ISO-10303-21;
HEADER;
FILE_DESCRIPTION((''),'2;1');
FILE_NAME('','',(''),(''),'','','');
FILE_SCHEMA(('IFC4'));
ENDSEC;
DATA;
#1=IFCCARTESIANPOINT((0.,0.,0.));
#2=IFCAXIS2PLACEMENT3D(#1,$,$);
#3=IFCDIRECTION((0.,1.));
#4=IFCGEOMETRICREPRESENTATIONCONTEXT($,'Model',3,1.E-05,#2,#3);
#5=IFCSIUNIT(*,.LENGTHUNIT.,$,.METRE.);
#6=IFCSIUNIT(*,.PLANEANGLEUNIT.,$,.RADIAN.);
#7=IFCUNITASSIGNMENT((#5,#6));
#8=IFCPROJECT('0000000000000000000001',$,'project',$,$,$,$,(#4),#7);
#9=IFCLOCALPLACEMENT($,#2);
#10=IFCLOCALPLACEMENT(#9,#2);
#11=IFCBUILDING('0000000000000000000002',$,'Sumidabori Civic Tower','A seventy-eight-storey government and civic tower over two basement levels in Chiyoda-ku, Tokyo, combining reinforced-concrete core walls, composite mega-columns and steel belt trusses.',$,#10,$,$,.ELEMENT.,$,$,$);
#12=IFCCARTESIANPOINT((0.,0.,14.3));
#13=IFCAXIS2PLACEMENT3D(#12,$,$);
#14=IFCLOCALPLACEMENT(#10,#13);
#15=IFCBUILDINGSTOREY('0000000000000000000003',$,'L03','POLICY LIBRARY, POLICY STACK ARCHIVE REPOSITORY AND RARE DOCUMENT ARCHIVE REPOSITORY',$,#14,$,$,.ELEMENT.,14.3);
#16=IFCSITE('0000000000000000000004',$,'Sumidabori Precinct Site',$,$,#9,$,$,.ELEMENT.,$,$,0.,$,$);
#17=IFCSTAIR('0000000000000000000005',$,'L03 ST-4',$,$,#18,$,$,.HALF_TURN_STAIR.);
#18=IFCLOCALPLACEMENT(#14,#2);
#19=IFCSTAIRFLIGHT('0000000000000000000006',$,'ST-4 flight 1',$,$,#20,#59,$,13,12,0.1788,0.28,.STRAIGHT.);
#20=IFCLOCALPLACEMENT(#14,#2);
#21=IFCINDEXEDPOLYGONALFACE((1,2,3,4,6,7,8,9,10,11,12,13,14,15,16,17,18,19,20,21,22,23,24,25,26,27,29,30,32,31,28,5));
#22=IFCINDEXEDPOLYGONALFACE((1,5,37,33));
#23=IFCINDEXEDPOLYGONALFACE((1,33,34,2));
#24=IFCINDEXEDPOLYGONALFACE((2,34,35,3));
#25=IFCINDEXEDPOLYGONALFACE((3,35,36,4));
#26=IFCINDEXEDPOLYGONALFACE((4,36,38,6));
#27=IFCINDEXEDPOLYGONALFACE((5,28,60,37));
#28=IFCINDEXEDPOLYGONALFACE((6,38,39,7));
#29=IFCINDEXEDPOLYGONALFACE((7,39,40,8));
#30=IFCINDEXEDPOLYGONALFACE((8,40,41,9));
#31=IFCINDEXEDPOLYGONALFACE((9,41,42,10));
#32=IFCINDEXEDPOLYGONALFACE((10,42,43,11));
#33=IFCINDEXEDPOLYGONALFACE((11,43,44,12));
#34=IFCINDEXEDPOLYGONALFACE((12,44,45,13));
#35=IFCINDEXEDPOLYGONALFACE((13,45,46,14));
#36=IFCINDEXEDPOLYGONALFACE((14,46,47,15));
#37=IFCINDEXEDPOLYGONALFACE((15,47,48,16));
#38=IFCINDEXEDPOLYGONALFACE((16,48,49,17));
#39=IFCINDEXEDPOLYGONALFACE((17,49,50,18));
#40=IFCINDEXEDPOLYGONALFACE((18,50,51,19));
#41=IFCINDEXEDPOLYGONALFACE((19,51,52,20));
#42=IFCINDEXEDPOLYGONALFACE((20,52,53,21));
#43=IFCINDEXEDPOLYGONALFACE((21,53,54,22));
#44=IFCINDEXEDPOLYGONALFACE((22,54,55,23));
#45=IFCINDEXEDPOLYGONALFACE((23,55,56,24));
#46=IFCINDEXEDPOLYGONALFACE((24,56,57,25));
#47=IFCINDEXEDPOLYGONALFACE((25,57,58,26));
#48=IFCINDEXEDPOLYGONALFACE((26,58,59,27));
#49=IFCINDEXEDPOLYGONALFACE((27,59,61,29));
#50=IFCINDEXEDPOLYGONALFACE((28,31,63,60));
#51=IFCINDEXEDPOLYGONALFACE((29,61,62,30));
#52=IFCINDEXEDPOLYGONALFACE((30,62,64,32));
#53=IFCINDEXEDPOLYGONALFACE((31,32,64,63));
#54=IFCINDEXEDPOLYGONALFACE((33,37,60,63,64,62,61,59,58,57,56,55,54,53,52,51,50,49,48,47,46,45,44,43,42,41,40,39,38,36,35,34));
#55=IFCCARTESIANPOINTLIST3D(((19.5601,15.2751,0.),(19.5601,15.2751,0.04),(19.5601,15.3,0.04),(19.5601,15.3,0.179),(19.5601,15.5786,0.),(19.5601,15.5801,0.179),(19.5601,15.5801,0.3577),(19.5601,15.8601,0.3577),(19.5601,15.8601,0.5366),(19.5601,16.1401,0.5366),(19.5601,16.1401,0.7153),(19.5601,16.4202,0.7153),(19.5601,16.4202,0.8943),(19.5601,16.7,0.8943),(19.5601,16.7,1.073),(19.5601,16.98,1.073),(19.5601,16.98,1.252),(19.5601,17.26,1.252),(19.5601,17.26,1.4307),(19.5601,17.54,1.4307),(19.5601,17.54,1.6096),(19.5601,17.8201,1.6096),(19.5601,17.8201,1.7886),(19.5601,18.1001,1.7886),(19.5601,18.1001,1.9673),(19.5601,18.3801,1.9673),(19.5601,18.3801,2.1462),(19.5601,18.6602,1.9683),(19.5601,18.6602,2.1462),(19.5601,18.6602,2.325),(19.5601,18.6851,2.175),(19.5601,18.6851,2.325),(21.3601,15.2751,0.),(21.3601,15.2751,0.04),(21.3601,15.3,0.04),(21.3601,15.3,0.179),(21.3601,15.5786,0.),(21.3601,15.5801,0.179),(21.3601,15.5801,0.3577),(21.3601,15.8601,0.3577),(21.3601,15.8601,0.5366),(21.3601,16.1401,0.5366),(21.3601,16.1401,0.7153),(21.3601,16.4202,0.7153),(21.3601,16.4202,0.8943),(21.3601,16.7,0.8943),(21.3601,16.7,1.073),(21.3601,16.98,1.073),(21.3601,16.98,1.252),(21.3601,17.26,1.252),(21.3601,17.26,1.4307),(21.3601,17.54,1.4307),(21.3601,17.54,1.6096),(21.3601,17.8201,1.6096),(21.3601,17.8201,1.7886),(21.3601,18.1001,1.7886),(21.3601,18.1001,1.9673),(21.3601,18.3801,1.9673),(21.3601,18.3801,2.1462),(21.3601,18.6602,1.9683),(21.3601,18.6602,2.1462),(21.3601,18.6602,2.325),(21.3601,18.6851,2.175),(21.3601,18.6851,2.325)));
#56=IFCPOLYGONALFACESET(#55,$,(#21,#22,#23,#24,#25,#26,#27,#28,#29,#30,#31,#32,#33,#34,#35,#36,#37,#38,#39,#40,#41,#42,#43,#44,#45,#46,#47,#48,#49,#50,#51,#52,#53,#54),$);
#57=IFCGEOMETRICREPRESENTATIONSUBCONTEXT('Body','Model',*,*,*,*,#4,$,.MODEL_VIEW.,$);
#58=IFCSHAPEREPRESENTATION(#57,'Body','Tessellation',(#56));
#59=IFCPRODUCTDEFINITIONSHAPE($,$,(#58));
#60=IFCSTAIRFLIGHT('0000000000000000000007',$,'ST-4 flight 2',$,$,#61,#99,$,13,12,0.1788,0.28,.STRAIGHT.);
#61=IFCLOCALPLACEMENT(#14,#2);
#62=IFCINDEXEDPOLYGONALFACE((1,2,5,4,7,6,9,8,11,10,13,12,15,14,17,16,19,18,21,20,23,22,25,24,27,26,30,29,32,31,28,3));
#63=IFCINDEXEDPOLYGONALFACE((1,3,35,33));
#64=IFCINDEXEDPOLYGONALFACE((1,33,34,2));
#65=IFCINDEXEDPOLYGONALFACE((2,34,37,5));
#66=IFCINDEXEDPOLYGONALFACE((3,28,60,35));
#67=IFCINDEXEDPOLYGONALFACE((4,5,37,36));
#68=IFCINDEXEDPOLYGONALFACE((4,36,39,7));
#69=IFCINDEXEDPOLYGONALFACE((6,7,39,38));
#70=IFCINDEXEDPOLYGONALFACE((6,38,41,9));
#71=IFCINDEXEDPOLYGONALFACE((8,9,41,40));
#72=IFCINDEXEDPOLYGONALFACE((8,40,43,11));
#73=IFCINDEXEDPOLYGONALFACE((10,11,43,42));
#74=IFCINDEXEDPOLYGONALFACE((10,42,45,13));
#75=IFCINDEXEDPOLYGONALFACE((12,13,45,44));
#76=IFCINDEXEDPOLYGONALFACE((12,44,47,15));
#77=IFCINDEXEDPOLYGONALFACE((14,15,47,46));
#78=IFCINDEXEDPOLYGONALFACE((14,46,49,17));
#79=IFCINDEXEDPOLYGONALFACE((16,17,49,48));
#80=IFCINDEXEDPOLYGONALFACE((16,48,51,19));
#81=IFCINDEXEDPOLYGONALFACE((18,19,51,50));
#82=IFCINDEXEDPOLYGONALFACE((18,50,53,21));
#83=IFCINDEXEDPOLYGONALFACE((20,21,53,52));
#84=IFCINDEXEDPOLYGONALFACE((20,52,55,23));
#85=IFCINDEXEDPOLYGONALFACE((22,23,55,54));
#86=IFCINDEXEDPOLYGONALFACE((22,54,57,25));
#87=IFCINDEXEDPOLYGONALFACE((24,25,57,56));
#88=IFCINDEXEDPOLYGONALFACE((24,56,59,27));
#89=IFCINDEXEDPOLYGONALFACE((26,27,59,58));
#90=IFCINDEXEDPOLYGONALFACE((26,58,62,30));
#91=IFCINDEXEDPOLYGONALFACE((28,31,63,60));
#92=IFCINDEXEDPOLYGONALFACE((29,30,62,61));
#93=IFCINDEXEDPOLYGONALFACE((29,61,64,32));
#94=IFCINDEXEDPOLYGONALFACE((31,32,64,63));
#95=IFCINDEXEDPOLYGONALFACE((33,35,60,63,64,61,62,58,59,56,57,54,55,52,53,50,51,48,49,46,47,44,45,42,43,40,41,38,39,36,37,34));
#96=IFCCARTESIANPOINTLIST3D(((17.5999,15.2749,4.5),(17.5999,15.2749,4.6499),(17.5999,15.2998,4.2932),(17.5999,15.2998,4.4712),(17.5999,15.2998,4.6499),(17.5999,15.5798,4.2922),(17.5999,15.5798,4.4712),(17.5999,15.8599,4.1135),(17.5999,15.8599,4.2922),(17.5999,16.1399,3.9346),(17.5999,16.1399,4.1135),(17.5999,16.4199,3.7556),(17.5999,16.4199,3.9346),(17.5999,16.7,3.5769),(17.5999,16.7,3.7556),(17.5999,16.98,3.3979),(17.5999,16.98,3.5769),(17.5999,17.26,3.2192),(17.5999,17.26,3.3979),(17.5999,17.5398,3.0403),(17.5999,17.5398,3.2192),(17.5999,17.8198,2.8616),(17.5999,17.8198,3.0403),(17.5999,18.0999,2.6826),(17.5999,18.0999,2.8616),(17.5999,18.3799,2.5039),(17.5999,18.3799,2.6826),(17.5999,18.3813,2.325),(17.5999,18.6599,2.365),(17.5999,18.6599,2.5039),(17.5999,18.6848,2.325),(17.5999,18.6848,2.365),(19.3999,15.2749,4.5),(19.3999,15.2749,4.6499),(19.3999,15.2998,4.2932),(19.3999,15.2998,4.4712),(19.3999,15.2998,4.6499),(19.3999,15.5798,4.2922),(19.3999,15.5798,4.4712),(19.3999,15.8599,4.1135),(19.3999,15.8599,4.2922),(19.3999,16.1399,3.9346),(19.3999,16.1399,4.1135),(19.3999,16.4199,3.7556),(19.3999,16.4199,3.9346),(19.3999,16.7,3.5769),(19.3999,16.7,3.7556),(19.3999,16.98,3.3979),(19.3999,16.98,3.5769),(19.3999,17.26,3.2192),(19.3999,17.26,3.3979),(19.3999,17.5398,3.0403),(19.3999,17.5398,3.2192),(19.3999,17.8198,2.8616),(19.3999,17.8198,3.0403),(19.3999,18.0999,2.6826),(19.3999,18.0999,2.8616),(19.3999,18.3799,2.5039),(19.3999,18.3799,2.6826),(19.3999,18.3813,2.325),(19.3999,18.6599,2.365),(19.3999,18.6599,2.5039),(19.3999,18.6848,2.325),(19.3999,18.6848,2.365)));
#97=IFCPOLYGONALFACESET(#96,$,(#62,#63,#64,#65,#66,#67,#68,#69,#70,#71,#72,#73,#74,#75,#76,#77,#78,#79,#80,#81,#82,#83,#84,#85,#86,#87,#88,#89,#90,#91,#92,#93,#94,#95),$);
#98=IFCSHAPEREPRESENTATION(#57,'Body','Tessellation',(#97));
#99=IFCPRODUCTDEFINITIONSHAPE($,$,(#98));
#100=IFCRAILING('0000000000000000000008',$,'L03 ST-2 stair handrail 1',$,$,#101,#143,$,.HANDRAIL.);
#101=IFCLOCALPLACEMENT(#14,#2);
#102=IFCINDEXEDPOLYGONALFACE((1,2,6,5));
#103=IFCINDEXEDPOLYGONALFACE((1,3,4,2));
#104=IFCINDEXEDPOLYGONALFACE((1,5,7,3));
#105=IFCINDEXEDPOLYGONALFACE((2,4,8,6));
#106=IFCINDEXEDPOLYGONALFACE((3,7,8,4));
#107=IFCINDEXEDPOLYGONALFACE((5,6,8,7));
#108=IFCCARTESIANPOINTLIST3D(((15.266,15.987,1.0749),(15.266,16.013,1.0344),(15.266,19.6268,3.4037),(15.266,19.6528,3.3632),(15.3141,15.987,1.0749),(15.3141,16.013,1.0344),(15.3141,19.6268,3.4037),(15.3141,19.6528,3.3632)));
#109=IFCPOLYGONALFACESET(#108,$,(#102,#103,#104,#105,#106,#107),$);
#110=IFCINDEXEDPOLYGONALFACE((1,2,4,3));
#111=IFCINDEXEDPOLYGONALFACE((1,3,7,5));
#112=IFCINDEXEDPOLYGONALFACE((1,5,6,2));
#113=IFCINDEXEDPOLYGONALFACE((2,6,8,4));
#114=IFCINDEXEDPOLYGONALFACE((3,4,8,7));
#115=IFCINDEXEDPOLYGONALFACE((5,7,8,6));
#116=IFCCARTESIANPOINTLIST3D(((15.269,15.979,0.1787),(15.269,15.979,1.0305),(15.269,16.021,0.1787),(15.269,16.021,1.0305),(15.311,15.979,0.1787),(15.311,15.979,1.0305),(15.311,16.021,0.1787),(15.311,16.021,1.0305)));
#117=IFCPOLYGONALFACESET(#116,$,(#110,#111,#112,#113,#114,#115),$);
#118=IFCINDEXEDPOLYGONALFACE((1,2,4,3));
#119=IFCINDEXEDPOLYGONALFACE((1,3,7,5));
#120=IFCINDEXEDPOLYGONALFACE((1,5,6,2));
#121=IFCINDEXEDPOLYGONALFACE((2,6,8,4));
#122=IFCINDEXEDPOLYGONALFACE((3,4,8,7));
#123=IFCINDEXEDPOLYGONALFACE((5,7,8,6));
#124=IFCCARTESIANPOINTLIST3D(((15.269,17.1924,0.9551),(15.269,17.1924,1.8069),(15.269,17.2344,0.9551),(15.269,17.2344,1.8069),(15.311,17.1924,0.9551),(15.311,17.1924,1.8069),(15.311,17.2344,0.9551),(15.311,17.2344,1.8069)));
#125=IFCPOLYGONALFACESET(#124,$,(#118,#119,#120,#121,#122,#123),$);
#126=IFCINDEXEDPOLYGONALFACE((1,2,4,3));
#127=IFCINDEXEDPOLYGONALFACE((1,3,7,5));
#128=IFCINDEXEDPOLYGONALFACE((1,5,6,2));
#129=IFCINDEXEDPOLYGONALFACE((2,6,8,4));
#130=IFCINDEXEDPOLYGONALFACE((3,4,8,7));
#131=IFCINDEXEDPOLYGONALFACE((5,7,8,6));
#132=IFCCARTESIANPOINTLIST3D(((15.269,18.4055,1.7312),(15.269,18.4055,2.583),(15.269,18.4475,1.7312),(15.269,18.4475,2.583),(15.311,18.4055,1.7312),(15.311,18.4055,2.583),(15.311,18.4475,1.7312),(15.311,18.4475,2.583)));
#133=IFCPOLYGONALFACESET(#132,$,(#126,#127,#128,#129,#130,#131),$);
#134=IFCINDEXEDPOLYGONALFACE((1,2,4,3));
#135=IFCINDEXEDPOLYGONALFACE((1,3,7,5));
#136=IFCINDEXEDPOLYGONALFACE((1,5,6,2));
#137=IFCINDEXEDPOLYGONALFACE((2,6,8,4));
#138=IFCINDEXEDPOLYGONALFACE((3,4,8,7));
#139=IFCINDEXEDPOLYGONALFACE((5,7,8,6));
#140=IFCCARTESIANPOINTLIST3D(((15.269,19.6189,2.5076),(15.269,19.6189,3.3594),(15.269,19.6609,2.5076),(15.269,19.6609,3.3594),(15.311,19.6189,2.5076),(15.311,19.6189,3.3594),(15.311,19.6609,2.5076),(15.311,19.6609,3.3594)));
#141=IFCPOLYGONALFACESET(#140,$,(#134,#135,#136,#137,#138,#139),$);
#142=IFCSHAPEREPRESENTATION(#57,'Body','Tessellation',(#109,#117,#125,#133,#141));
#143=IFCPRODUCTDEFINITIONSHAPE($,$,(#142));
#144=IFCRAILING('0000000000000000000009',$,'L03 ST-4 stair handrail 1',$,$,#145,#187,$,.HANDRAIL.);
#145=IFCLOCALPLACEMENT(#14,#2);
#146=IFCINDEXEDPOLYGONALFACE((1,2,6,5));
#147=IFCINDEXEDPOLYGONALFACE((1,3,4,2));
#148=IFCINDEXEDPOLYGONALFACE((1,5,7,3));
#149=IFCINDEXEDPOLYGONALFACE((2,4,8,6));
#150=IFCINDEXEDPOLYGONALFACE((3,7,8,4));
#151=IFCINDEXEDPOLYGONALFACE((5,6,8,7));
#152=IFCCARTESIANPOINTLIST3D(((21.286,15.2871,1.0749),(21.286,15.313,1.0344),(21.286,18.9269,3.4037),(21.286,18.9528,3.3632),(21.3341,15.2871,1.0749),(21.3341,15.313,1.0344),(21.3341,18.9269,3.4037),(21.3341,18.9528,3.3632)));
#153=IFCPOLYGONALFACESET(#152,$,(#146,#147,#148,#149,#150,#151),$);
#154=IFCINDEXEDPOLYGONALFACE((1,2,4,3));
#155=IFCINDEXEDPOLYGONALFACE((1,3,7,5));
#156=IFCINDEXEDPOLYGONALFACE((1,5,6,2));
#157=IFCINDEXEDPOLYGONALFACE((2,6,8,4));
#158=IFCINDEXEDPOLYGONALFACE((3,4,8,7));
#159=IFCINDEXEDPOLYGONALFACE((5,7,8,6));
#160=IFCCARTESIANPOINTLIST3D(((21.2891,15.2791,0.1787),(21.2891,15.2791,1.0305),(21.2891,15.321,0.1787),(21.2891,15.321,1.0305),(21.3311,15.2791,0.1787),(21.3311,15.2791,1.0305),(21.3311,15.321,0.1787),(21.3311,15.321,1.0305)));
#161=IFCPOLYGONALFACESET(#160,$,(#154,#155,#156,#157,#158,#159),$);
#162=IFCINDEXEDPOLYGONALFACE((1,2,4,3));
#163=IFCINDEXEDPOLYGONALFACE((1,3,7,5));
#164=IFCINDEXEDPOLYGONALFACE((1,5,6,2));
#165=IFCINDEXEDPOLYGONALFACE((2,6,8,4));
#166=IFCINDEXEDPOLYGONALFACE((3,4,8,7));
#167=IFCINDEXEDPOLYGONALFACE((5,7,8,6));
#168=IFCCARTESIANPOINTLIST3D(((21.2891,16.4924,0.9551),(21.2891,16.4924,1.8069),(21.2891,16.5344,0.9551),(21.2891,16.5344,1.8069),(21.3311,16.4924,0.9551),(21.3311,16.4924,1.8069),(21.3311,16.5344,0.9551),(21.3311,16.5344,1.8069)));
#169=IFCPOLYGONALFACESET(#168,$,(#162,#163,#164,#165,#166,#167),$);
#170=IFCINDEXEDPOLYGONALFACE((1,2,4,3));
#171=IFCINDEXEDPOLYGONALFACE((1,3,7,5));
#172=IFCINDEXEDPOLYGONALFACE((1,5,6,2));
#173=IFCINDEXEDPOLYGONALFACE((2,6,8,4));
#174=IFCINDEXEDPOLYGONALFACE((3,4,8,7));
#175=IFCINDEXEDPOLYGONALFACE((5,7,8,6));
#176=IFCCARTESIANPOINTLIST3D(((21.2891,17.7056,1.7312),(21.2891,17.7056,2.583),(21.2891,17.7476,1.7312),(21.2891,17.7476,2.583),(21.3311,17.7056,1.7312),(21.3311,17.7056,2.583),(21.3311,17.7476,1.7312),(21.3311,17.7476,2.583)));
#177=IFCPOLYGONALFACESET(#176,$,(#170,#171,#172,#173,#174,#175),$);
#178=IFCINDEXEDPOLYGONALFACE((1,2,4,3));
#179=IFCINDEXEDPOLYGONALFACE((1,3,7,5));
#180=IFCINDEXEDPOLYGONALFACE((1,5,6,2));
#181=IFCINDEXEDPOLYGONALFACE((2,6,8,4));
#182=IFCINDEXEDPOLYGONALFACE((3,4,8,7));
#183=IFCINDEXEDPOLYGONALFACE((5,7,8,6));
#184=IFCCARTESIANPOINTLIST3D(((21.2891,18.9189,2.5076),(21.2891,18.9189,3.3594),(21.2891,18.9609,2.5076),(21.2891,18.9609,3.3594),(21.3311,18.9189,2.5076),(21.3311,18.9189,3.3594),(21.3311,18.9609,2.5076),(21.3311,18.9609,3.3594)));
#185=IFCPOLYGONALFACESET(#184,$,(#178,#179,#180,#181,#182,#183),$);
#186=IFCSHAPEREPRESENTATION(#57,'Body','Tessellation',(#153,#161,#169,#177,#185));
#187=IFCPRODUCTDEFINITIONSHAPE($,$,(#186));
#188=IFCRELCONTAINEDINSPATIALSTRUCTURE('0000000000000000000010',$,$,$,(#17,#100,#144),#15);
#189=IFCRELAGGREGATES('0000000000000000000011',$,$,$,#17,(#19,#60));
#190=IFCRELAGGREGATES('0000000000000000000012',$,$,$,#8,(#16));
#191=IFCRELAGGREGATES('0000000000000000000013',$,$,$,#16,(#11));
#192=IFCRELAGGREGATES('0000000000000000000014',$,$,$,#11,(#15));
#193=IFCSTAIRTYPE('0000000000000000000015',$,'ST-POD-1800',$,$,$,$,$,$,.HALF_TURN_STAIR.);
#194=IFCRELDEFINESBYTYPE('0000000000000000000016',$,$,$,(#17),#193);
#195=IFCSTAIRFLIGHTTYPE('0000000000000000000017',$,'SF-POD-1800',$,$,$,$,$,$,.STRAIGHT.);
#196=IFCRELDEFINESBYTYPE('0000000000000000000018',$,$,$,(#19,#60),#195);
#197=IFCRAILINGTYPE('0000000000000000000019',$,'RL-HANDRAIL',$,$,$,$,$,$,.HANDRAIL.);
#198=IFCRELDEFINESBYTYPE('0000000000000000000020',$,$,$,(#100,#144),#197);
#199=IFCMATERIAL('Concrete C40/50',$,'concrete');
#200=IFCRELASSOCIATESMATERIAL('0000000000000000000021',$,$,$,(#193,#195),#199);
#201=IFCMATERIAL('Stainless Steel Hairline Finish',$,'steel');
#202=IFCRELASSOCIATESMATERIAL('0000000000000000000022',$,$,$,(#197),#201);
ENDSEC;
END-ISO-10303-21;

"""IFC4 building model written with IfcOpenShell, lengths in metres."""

from ifc_helpers import new_model, si_unit, direction, frame, origin, origin_2d, place, context, subcontext, project, spatial, polyline, rectangle, outline, extrude, source, transform, mapped, material, type_object, element, aggregate, save


model = new_model("IFC4")

# Units and contexts
model_context = context("Model", 3, precision=1e-05, world=origin(), true_north=direction((0.0, 1.0)))
body_context = subcontext(model_context, "Body", "Model", "MODEL_VIEW")
ifc_project = project(units=[si_unit("LENGTHUNIT", "METRE"), si_unit("PLANEANGLEUNIT", "RADIAN")], contexts=[model_context])

# Site, building, storey
site_placement = place(None, origin())
site = spatial("IfcSite", under=ifc_project, at=site_placement, Name="Sumidabori Precinct Site", CompositionType="ELEMENT", RefElevation=0.0)
building_placement = place(site_placement, origin())
building = spatial("IfcBuilding", under=site, at=building_placement, Name="Sumidabori Civic Tower", Description="A seventy-eight-storey government and civic tower over two basement levels in Chiyoda-ku, Tokyo, combining reinforced-concrete core walls, composite mega-columns and steel belt trusses.", CompositionType="ELEMENT")
storey_placement = place(building_placement, frame((0.0, 0.0, 14.3)))
storey = spatial("IfcBuildingStorey", under=building, at=storey_placement, Name="L03", Description="POLICY LIBRARY, POLICY STACK ARCHIVE REPOSITORY AND RARE DOCUMENT ARCHIVE REPOSITORY", CompositionType="ELEMENT", Elevation=14.3)

# Shared definitions
ifc_material_1 = material(Name="Concrete C40/50", Category="concrete")

# Stair, stair flights
stair_type_1 = type_object("IfcStairType", Name="ST-POD-1800", PredefinedType="HALF_TURN_STAIR", material=ifc_material_1)
stair_1_placement = place(storey_placement, origin())
stair_1 = element("IfcStair", 1, at=stair_1_placement, inside=storey, type_object=stair_type_1, Name="L03 ST-4", PredefinedType="HALF_TURN_STAIR")
stair_flight_type_1 = type_object("IfcStairFlightType", Name="SF-POD-1800", PredefinedType="STRAIGHT", material=ifc_material_1)
shared_shape_1 = source(origin(), body_context, "Body", "SweptSolid", [
    extrude(outline(polyline([(-0.0249, 0.0), (-0.0249, 0.04), (0.0, 0.04), (0.0, 0.179), (0.28, 0.179), (0.28, 0.3577), (0.5601, 0.3577), (0.5601, 0.5366), (0.8401, 0.5366), (0.8401, 0.7153), (1.1201, 0.7153), (1.1201, 0.8943), (1.3999, 0.8943), (1.3999, 1.073), (1.6799, 1.073), (1.6799, 1.252), (1.96, 1.252), (1.96, 1.4307), (2.24, 1.4307), (2.24, 1.6096), (2.52, 1.6096), (2.52, 1.7886), (2.8, 1.7886), (2.8, 1.9673), (3.0801, 1.9673), (3.0801, 2.1462), (3.3601, 2.1462), (3.3601, 2.325), (3.385, 2.325), (3.385, 2.175), (3.3601, 1.9683), (0.2786, 0.0), (-0.0249, 0.0)])), frame((0.0, 0.8999, 0.0), z_axis=(0.0, -1.0, 0.0), x_axis=(1.0, 0.0, 0.0)), (0.0, 0.0, 1.0), 1.8),
])
stair_flight_1_placement = place(storey_placement, frame((20.46, 15.3, 0.0), z_axis=(0.0, 0.0, 1.0), x_axis=(0.0, 1.0, 0.0)))
stair_flight_1 = element("IfcStairFlight", 2, at=stair_flight_1_placement, type_object=stair_flight_type_1, Name="ST-4 flight 1", NumberOfRisers=13, NumberOfTreads=12, PredefinedType="STRAIGHT", RiserHeight=0.1788, TreadLength=0.28, context=body_context, shape_type="MappedRepresentation", body=[
    mapped(shared_shape_1, transform((0.0, 0.0, 0.0), x_axis=(1.0, 0.0, 0.0), y_axis=(0.0, 1.0, 0.0), z_axis=(0.0, 0.0, 1.0), scale=1.0)),
])
stair_flight_2_placement = place(storey_placement, frame((18.5, 18.6599, 2.325), z_axis=(0.0, 0.0, 1.0), x_axis=(0.0, -1.0, 0.0)))
stair_flight_2 = element("IfcStairFlight", 3, at=stair_flight_2_placement, type_object=stair_flight_type_1, Name="ST-4 flight 2", NumberOfRisers=13, NumberOfTreads=12, PredefinedType="STRAIGHT", RiserHeight=0.1788, TreadLength=0.28, context=body_context, shape_type="MappedRepresentation", body=[
    mapped(shared_shape_1, transform((0.0, 0.0, 0.0), x_axis=(1.0, 0.0, 0.0), y_axis=(0.0, 1.0, 0.0), z_axis=(0.0, 0.0, 1.0), scale=1.0)),
])
aggregate(stair_1, [stair_flight_1, stair_flight_2])

# Railings
ifc_material_2 = material(Name="Stainless Steel Hairline Finish", Category="steel")
railing_type_1 = type_object("IfcRailingType", Name="RL-HANDRAIL", PredefinedType="HANDRAIL", material=ifc_material_2)
for number, where, name in (
    (4, (15.29, 16.0, 0.1787), "L03 ST-2 stair handrail 1"),
    (5, (21.3101, 15.3, 0.1787), "L03 ST-4 stair handrail 1"),
):
    element("IfcRailing", number, at=place(storey_placement, frame(where)), inside=storey, type_object=railing_type_1, Name=name, PredefinedType="HANDRAIL", context=body_context, shape_type="SweptSolid", body=[
        extrude(rectangle(XDim=0.0481, YDim=0.0481, at=origin_2d()), frame((0.0, 0.0, 0.876), z_axis=(0.0, 0.842342, 0.538943), x_axis=(-1.0, 0.0, 0.0)), (0.0, 0.0, 1.0), 4.321),
        extrude(rectangle(XDim=0.042, YDim=0.042, at=origin_2d()), origin(), (0.0, 0.0, 1.0), 0.8518),
        extrude(rectangle(XDim=0.042, YDim=0.042, at=origin_2d()), frame((0.0, 1.2134, 0.7764)), (0.0, 0.0, 1.0), 0.8518),
        extrude(rectangle(XDim=0.042, YDim=0.042, at=origin_2d()), frame((0.0, 2.4265, 1.5525)), (0.0, 0.0, 1.0), 0.8518),
        extrude(rectangle(XDim=0.042, YDim=0.042, at=origin_2d()), frame((0.0, 3.6399, 2.3289)), (0.0, 0.0, 1.0), 0.8518),
    ])

save(model, "model.ifc")
